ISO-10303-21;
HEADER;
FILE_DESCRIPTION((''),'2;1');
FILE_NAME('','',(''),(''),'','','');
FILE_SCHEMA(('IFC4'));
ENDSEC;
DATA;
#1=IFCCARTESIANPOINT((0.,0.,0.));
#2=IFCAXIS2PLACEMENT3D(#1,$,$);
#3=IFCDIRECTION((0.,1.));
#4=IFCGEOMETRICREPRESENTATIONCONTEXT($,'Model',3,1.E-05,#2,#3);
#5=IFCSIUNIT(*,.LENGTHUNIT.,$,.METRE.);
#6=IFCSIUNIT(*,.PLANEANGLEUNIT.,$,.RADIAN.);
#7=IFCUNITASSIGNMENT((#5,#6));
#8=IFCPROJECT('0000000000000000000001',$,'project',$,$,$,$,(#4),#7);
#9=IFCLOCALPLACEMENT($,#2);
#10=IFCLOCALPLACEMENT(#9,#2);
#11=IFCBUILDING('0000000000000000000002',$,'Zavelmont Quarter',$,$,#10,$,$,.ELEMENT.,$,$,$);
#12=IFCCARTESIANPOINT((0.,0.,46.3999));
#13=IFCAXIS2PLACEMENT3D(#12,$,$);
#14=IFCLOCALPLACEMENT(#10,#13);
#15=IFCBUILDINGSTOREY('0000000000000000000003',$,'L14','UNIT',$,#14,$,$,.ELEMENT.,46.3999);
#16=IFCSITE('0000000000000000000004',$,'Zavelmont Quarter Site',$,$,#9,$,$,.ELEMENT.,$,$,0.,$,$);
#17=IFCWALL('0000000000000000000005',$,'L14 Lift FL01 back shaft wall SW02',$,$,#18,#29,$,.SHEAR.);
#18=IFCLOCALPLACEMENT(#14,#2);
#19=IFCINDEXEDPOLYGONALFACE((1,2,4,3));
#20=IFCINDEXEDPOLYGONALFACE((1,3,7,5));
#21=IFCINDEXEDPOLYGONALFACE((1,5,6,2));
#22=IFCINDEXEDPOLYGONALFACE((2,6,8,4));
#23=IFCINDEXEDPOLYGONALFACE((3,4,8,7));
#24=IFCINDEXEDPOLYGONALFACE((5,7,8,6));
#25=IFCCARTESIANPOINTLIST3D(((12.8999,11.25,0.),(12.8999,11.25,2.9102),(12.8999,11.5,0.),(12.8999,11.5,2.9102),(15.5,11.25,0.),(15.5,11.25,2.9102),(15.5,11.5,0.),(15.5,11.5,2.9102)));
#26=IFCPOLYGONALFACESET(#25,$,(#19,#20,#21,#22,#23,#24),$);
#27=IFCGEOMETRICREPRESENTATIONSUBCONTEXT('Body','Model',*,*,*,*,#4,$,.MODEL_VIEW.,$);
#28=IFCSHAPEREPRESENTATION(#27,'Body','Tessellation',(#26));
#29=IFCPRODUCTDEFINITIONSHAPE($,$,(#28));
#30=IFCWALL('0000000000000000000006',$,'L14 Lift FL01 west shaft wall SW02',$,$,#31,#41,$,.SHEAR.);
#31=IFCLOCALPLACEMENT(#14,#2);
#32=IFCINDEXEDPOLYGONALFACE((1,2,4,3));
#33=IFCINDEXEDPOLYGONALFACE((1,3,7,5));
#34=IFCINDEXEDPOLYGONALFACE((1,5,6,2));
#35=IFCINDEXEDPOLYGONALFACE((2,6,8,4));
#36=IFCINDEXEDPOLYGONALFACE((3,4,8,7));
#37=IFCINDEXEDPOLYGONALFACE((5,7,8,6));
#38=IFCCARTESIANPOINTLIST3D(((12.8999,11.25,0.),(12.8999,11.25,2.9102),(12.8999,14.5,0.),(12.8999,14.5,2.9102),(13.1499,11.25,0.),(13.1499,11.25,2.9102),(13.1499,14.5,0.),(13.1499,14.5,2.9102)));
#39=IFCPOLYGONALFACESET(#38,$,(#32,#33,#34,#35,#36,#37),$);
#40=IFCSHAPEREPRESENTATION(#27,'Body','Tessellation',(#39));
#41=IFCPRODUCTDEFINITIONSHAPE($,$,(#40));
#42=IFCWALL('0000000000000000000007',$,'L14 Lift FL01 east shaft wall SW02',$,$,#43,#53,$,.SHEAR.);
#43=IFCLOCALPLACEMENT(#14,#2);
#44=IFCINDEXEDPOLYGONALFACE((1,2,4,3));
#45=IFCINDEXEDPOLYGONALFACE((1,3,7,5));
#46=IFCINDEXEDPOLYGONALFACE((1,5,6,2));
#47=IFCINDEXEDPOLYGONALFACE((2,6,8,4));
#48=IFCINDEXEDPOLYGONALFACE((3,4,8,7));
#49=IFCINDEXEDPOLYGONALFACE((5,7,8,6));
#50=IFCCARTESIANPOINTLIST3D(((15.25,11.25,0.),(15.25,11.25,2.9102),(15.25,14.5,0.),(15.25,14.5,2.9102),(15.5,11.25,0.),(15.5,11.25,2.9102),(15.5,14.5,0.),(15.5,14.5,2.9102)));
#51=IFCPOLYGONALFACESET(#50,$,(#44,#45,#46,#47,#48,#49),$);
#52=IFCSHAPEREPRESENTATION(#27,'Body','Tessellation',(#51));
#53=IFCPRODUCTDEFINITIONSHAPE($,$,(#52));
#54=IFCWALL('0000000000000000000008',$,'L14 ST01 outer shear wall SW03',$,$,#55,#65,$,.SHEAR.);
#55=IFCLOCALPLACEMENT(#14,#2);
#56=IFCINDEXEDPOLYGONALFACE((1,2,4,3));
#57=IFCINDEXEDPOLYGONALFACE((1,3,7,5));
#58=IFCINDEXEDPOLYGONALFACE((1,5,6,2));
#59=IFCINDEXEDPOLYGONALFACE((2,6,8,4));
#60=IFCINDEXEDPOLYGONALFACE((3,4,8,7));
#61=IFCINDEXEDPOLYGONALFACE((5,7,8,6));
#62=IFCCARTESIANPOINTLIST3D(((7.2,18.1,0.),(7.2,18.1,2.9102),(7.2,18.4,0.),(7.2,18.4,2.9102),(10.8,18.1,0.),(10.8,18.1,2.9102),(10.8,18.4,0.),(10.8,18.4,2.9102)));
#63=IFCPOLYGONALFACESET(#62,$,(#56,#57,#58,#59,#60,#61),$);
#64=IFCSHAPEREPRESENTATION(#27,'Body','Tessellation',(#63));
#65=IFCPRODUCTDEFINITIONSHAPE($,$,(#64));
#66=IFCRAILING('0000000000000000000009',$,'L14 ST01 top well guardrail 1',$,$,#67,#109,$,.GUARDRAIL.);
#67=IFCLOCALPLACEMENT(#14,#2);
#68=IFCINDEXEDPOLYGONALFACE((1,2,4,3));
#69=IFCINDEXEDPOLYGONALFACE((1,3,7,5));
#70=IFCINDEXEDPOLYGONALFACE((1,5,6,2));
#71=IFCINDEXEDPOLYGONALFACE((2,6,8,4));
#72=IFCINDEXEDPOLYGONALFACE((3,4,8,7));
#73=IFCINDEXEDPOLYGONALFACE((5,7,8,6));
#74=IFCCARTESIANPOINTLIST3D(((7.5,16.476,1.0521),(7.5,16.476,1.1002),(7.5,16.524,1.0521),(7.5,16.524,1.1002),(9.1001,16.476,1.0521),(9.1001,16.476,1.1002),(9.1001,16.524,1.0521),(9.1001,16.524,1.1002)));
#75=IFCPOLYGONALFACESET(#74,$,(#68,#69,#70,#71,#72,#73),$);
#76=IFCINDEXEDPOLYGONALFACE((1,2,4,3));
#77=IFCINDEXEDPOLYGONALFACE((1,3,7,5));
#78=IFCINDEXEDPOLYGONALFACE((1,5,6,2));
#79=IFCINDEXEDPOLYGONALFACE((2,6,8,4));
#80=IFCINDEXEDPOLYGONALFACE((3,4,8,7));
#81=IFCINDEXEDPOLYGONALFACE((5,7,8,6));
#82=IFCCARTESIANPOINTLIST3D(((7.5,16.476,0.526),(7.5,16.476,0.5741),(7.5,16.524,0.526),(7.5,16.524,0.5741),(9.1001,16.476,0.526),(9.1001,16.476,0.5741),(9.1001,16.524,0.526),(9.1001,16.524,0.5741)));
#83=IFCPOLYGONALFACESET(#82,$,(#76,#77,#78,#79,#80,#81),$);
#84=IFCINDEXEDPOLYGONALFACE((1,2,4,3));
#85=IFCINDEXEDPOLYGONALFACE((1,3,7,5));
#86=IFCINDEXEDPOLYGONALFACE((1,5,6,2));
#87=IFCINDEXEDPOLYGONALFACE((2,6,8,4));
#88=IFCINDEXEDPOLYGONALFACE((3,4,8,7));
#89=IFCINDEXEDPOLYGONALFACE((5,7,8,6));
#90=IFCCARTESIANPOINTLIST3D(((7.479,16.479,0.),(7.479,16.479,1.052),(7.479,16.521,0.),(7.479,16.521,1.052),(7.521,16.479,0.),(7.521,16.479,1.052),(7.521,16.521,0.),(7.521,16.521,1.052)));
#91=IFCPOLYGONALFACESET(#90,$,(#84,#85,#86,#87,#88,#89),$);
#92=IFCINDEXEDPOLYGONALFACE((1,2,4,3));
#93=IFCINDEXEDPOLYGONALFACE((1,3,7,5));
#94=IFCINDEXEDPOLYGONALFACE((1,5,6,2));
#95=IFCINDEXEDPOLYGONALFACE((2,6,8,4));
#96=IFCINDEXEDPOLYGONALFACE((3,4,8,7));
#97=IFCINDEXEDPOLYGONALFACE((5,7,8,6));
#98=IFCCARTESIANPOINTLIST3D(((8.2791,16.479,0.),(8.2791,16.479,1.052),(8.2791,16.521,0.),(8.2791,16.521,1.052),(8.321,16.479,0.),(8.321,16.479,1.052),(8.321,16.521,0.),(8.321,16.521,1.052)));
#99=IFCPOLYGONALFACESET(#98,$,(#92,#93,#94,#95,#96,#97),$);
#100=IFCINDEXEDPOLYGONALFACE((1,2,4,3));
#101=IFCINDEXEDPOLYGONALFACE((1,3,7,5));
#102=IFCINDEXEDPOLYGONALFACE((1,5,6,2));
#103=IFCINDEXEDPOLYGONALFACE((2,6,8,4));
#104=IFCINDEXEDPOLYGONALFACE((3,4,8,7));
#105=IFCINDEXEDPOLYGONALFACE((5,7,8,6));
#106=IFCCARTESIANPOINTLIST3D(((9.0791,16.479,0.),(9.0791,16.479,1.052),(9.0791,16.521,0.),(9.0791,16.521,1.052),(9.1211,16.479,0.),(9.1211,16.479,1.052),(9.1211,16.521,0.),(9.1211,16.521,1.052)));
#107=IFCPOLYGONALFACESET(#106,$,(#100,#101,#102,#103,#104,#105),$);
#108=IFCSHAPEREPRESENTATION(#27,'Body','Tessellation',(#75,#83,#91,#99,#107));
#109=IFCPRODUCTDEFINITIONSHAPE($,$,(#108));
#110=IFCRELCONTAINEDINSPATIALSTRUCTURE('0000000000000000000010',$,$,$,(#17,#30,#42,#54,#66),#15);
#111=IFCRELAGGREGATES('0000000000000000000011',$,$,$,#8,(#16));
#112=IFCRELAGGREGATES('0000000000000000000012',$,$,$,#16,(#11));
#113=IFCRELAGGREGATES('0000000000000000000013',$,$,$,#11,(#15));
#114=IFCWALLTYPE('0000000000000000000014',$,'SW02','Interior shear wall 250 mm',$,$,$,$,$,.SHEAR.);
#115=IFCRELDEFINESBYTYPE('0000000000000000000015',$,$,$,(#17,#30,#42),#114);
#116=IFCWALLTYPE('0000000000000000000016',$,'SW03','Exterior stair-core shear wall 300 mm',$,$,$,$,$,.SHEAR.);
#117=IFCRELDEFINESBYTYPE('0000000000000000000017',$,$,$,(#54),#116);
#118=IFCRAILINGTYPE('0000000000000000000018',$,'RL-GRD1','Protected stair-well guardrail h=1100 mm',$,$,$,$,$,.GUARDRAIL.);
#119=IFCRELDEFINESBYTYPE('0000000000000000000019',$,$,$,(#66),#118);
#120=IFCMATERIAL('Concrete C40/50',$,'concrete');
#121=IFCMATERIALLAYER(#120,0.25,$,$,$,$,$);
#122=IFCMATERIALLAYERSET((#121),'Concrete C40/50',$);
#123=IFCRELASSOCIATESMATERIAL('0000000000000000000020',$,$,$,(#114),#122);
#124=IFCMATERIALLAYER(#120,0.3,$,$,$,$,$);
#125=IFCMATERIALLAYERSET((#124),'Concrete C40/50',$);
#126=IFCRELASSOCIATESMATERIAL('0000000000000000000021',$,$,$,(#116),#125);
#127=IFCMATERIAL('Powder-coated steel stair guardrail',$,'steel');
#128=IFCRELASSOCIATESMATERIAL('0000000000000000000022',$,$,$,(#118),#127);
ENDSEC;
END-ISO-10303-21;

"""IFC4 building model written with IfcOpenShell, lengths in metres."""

from ifc_helpers import new_model, si_unit, direction, frame, frame_2d, origin, origin_2d, place, context, subcontext, project, spatial, rectangle, extrude, material, layer, layer_set, type_object, element, save


model = new_model("IFC4")

# Units and contexts
model_context = context("Model", 3, precision=1e-05, world=origin(), true_north=direction((0.0, 1.0)))
body_context = subcontext(model_context, "Body", "Model", "MODEL_VIEW")
ifc_project = project(units=[si_unit("LENGTHUNIT", "METRE"), si_unit("PLANEANGLEUNIT", "RADIAN")], contexts=[model_context])

# Site, building, storey
site_placement = place(None, origin())
site = spatial("IfcSite", under=ifc_project, at=site_placement, Name="Zavelmont Quarter Site", CompositionType="ELEMENT", RefElevation=0.0)
building_placement = place(site_placement, origin())
building = spatial("IfcBuilding", under=site, at=building_placement, Name="Zavelmont Quarter", CompositionType="ELEMENT")
storey_placement = place(building_placement, frame((0.0, 0.0, 46.3999)))
storey = spatial("IfcBuildingStorey", under=building, at=storey_placement, Name="L14", Description="UNIT", CompositionType="ELEMENT", Elevation=46.3999)

# Shared definitions
ifc_material_1 = material(Name="Concrete C40/50", Category="concrete")

# Shared definitions
ifc_layer_1 = layer(ifc_material_1, 0.25)
ifc_layer_set_1 = layer_set([ifc_layer_1], Name="Concrete C40/50")
wall_type_1 = type_object("IfcWallType", Name="SW02", Description="Interior shear wall 250 mm", PredefinedType="SHEAR", material=ifc_layer_set_1)

# Walls
wall_1_placement = place(storey_placement, frame((12.8999, 11.375, 0.0), z_axis=(0.0, 0.0, 1.0), x_axis=(1.0, 0.0, 0.0)))
element("IfcWall", 1, at=wall_1_placement, inside=storey, type_object=wall_type_1, Name="L14 Lift FL01 back shaft wall SW02", PredefinedType="SHEAR", context=body_context, shape_type="SweptSolid", body=[
    extrude(rectangle(XDim=2.6001, YDim=0.25, at=frame_2d((1.3, 0.0))), origin(), (0.0, 0.0, 1.0), 2.9102),
])
for number, where, z_axis, x_axis, name in (
    (2, (13.0249, 11.25, 0.0), (0.0, 0.0, 1.0), (0.0, 1.0, 0.0), "L14 Lift FL01 west shaft wall SW02"),
    (3, (15.375, 11.25, 0.0), (0.0, 0.0, 1.0), (0.0, 1.0, 0.0), "L14 Lift FL01 east shaft wall SW02"),
):
    element("IfcWall", number, at=place(storey_placement, frame(where, z_axis=z_axis, x_axis=x_axis)), inside=storey, type_object=wall_type_1, Name=name, PredefinedType="SHEAR", context=body_context, shape_type="SweptSolid", body=[
        extrude(rectangle(XDim=3.25, YDim=0.25, at=frame_2d((1.625, 0.0))), origin(), (0.0, 0.0, 1.0), 2.9102),
    ])
ifc_layer_2 = layer(ifc_material_1, 0.3)
ifc_layer_set_2 = layer_set([ifc_layer_2], Name="Concrete C40/50")
wall_type_2 = type_object("IfcWallType", Name="SW03", Description="Exterior stair-core shear wall 300 mm", PredefinedType="SHEAR", material=ifc_layer_set_2)
wall_2_placement = place(storey_placement, frame((7.2, 18.25, 0.0), z_axis=(0.0, 0.0, 1.0), x_axis=(1.0, 0.0, 0.0)))
element("IfcWall", 4, at=wall_2_placement, inside=storey, type_object=wall_type_2, Name="L14 ST01 outer shear wall SW03", PredefinedType="SHEAR", context=body_context, shape_type="SweptSolid", body=[
    extrude(rectangle(XDim=3.6001, YDim=0.3, at=frame_2d((1.8, 0.0))), origin(), (0.0, 0.0, 1.0), 2.9102),
])

# Railing
ifc_material_2 = material(Name="Powder-coated steel stair guardrail", Category="steel")
railing_type = type_object("IfcRailingType", Name="RL-GRD1", Description="Protected stair-well guardrail h=1100 mm", PredefinedType="GUARDRAIL", material=ifc_material_2)
railing_placement = place(storey_placement, frame((7.5, 16.5, 0.0)))
element("IfcRailing", 5, at=railing_placement, inside=storey, type_object=railing_type, Name="L14 ST01 top well guardrail 1", PredefinedType="GUARDRAIL", context=body_context, shape_type="SweptSolid", body=[
    extrude(rectangle(XDim=0.0481, YDim=0.0481, at=origin_2d()), frame((0.0, 0.0, 1.0762), z_axis=(1.0, 0.0, 0.0), x_axis=(0.0, 1.0, 0.0)), (0.0, 0.0, 1.0), 1.6001),
    extrude(rectangle(XDim=0.0481, YDim=0.0481, at=origin_2d()), frame((0.0, 0.0, 0.55), z_axis=(1.0, 0.0, 0.0), x_axis=(0.0, 1.0, 0.0)), (0.0, 0.0, 1.0), 1.6001),
    extrude(rectangle(XDim=0.042, YDim=0.042, at=origin_2d()), origin(), (0.0, 0.0, 1.0), 1.052),
    extrude(rectangle(XDim=0.042, YDim=0.042, at=origin_2d()), frame((0.8, 0.0, 0.0)), (0.0, 0.0, 1.0), 1.052),
    extrude(rectangle(XDim=0.042, YDim=0.042, at=origin_2d()), frame((1.6001, 0.0, 0.0)), (0.0, 0.0, 1.0), 1.052),
])

save(model, "model.ifc")
